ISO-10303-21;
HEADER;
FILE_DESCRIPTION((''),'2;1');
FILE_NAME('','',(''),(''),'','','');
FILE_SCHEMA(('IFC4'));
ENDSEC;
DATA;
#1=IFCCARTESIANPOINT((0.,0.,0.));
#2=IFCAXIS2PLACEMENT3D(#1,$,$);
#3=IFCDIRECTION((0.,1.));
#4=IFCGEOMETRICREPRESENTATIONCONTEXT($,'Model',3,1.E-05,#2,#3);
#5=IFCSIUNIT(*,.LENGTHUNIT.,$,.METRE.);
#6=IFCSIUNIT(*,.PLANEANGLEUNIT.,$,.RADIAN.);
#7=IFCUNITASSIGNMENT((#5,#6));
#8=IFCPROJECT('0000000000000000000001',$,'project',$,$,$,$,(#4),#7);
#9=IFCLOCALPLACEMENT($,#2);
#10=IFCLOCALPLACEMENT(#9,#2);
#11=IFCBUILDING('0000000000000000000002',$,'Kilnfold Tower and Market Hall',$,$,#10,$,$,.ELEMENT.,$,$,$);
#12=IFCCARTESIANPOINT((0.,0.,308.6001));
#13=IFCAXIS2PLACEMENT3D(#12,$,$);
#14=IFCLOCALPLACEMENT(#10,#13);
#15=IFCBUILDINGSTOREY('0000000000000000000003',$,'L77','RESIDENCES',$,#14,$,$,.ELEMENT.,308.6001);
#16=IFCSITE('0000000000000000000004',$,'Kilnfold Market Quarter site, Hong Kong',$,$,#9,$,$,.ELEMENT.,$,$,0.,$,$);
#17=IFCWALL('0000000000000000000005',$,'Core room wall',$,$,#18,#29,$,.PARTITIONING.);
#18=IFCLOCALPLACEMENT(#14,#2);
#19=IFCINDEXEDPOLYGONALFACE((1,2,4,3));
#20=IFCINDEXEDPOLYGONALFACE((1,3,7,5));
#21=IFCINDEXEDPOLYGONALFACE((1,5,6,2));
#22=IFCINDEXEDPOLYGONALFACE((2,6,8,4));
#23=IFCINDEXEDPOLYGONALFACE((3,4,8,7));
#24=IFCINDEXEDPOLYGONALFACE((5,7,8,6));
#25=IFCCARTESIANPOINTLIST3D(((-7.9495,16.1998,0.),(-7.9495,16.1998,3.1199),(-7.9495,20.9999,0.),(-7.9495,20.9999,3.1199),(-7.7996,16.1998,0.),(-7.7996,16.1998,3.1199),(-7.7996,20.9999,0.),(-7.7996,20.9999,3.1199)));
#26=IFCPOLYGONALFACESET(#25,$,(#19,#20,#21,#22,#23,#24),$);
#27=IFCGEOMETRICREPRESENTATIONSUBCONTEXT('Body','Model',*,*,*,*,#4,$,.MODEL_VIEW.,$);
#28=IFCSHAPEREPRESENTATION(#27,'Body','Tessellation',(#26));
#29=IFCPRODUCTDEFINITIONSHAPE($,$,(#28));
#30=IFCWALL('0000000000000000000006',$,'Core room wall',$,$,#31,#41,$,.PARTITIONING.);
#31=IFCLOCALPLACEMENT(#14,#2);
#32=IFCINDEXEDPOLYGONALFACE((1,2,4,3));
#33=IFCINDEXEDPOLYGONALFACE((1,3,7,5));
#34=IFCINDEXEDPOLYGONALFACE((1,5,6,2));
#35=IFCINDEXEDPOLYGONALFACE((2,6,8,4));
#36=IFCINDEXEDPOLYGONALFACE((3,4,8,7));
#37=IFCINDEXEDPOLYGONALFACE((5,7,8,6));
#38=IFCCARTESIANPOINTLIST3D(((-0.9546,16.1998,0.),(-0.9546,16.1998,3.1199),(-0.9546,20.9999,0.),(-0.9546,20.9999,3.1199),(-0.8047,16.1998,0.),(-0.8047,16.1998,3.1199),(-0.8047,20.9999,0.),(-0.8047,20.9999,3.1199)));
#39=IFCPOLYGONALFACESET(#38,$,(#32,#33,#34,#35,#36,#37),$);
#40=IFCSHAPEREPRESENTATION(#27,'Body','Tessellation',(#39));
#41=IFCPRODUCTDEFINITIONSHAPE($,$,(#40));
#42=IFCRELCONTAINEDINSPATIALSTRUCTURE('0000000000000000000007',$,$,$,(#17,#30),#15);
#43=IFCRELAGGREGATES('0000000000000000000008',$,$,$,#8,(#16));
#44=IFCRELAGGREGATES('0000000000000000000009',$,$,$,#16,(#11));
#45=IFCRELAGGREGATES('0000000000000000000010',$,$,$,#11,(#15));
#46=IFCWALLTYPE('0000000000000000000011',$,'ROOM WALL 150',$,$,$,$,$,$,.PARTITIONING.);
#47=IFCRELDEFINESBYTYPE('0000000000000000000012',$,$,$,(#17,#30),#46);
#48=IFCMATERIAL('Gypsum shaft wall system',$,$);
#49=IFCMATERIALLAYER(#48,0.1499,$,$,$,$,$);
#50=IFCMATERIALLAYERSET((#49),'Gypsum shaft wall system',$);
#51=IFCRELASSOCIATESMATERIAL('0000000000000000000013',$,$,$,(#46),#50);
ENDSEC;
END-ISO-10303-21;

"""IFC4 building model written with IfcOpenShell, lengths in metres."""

from ifc_helpers import new_model, si_unit, direction, frame, frame_2d, origin, place, context, subcontext, project, spatial, rectangle, extrude, source, transform, mapped, material, layer, layer_set, type_object, element, save


model = new_model("IFC4")

# Units and contexts
model_context = context("Model", 3, precision=1e-05, world=origin(), true_north=direction((0.0, 1.0)))
body_context = subcontext(model_context, "Body", "Model", "MODEL_VIEW")
ifc_project = project(units=[si_unit("LENGTHUNIT", "METRE"), si_unit("PLANEANGLEUNIT", "RADIAN")], contexts=[model_context])

# Site, building, storey
site_placement = place(None, origin())
site = spatial("IfcSite", under=ifc_project, at=site_placement, Name="Kilnfold Market Quarter site, Hong Kong", CompositionType="ELEMENT", RefElevation=0.0)
building_placement = place(site_placement, origin())
building = spatial("IfcBuilding", under=site, at=building_placement, Name="Kilnfold Tower and Market Hall", CompositionType="ELEMENT")
storey_placement = place(building_placement, frame((0.0, 0.0, 308.6001)))
storey = spatial("IfcBuildingStorey", under=building, at=storey_placement, Name="L77", Description="RESIDENCES", CompositionType="ELEMENT", Elevation=308.6001)

# Walls
ifc_material_1 = material(Name="Gypsum shaft wall system")
ifc_layer_1 = layer(ifc_material_1, 0.1499)
ifc_layer_set_1 = layer_set([ifc_layer_1], Name="Gypsum shaft wall system")
wall_type_1 = type_object("IfcWallType", Name="ROOM WALL 150", PredefinedType="PARTITIONING", material=ifc_layer_set_1)
shared_shape_1 = source(origin(), body_context, "Body", "SweptSolid", [
    extrude(rectangle(XDim=4.8, YDim=0.1499, at=frame_2d((2.3999, 0.0))), origin(), (0.0, 0.0, 1.0), 3.1199),
])
for number, where, z_axis, x_axis, name in (
    (1, (-7.8745, 16.2, 0.0), (0.0, 0.0, 1.0), (0.0, 1.0, 0.0), "Core room wall"),
    (2, (-0.8796, 16.2, 0.0), (0.0, 0.0, 1.0), (0.0, 1.0, 0.0), "Core room wall"),
):
    element("IfcWall", number, at=place(storey_placement, frame(where, z_axis=z_axis, x_axis=x_axis)), inside=storey, type_object=wall_type_1, Name=name, PredefinedType="PARTITIONING", context=body_context, shape_type="MappedRepresentation", body=[
        mapped(shared_shape_1, transform((0.0, 0.0, 0.0))),
    ])

save(model, "model.ifc")
